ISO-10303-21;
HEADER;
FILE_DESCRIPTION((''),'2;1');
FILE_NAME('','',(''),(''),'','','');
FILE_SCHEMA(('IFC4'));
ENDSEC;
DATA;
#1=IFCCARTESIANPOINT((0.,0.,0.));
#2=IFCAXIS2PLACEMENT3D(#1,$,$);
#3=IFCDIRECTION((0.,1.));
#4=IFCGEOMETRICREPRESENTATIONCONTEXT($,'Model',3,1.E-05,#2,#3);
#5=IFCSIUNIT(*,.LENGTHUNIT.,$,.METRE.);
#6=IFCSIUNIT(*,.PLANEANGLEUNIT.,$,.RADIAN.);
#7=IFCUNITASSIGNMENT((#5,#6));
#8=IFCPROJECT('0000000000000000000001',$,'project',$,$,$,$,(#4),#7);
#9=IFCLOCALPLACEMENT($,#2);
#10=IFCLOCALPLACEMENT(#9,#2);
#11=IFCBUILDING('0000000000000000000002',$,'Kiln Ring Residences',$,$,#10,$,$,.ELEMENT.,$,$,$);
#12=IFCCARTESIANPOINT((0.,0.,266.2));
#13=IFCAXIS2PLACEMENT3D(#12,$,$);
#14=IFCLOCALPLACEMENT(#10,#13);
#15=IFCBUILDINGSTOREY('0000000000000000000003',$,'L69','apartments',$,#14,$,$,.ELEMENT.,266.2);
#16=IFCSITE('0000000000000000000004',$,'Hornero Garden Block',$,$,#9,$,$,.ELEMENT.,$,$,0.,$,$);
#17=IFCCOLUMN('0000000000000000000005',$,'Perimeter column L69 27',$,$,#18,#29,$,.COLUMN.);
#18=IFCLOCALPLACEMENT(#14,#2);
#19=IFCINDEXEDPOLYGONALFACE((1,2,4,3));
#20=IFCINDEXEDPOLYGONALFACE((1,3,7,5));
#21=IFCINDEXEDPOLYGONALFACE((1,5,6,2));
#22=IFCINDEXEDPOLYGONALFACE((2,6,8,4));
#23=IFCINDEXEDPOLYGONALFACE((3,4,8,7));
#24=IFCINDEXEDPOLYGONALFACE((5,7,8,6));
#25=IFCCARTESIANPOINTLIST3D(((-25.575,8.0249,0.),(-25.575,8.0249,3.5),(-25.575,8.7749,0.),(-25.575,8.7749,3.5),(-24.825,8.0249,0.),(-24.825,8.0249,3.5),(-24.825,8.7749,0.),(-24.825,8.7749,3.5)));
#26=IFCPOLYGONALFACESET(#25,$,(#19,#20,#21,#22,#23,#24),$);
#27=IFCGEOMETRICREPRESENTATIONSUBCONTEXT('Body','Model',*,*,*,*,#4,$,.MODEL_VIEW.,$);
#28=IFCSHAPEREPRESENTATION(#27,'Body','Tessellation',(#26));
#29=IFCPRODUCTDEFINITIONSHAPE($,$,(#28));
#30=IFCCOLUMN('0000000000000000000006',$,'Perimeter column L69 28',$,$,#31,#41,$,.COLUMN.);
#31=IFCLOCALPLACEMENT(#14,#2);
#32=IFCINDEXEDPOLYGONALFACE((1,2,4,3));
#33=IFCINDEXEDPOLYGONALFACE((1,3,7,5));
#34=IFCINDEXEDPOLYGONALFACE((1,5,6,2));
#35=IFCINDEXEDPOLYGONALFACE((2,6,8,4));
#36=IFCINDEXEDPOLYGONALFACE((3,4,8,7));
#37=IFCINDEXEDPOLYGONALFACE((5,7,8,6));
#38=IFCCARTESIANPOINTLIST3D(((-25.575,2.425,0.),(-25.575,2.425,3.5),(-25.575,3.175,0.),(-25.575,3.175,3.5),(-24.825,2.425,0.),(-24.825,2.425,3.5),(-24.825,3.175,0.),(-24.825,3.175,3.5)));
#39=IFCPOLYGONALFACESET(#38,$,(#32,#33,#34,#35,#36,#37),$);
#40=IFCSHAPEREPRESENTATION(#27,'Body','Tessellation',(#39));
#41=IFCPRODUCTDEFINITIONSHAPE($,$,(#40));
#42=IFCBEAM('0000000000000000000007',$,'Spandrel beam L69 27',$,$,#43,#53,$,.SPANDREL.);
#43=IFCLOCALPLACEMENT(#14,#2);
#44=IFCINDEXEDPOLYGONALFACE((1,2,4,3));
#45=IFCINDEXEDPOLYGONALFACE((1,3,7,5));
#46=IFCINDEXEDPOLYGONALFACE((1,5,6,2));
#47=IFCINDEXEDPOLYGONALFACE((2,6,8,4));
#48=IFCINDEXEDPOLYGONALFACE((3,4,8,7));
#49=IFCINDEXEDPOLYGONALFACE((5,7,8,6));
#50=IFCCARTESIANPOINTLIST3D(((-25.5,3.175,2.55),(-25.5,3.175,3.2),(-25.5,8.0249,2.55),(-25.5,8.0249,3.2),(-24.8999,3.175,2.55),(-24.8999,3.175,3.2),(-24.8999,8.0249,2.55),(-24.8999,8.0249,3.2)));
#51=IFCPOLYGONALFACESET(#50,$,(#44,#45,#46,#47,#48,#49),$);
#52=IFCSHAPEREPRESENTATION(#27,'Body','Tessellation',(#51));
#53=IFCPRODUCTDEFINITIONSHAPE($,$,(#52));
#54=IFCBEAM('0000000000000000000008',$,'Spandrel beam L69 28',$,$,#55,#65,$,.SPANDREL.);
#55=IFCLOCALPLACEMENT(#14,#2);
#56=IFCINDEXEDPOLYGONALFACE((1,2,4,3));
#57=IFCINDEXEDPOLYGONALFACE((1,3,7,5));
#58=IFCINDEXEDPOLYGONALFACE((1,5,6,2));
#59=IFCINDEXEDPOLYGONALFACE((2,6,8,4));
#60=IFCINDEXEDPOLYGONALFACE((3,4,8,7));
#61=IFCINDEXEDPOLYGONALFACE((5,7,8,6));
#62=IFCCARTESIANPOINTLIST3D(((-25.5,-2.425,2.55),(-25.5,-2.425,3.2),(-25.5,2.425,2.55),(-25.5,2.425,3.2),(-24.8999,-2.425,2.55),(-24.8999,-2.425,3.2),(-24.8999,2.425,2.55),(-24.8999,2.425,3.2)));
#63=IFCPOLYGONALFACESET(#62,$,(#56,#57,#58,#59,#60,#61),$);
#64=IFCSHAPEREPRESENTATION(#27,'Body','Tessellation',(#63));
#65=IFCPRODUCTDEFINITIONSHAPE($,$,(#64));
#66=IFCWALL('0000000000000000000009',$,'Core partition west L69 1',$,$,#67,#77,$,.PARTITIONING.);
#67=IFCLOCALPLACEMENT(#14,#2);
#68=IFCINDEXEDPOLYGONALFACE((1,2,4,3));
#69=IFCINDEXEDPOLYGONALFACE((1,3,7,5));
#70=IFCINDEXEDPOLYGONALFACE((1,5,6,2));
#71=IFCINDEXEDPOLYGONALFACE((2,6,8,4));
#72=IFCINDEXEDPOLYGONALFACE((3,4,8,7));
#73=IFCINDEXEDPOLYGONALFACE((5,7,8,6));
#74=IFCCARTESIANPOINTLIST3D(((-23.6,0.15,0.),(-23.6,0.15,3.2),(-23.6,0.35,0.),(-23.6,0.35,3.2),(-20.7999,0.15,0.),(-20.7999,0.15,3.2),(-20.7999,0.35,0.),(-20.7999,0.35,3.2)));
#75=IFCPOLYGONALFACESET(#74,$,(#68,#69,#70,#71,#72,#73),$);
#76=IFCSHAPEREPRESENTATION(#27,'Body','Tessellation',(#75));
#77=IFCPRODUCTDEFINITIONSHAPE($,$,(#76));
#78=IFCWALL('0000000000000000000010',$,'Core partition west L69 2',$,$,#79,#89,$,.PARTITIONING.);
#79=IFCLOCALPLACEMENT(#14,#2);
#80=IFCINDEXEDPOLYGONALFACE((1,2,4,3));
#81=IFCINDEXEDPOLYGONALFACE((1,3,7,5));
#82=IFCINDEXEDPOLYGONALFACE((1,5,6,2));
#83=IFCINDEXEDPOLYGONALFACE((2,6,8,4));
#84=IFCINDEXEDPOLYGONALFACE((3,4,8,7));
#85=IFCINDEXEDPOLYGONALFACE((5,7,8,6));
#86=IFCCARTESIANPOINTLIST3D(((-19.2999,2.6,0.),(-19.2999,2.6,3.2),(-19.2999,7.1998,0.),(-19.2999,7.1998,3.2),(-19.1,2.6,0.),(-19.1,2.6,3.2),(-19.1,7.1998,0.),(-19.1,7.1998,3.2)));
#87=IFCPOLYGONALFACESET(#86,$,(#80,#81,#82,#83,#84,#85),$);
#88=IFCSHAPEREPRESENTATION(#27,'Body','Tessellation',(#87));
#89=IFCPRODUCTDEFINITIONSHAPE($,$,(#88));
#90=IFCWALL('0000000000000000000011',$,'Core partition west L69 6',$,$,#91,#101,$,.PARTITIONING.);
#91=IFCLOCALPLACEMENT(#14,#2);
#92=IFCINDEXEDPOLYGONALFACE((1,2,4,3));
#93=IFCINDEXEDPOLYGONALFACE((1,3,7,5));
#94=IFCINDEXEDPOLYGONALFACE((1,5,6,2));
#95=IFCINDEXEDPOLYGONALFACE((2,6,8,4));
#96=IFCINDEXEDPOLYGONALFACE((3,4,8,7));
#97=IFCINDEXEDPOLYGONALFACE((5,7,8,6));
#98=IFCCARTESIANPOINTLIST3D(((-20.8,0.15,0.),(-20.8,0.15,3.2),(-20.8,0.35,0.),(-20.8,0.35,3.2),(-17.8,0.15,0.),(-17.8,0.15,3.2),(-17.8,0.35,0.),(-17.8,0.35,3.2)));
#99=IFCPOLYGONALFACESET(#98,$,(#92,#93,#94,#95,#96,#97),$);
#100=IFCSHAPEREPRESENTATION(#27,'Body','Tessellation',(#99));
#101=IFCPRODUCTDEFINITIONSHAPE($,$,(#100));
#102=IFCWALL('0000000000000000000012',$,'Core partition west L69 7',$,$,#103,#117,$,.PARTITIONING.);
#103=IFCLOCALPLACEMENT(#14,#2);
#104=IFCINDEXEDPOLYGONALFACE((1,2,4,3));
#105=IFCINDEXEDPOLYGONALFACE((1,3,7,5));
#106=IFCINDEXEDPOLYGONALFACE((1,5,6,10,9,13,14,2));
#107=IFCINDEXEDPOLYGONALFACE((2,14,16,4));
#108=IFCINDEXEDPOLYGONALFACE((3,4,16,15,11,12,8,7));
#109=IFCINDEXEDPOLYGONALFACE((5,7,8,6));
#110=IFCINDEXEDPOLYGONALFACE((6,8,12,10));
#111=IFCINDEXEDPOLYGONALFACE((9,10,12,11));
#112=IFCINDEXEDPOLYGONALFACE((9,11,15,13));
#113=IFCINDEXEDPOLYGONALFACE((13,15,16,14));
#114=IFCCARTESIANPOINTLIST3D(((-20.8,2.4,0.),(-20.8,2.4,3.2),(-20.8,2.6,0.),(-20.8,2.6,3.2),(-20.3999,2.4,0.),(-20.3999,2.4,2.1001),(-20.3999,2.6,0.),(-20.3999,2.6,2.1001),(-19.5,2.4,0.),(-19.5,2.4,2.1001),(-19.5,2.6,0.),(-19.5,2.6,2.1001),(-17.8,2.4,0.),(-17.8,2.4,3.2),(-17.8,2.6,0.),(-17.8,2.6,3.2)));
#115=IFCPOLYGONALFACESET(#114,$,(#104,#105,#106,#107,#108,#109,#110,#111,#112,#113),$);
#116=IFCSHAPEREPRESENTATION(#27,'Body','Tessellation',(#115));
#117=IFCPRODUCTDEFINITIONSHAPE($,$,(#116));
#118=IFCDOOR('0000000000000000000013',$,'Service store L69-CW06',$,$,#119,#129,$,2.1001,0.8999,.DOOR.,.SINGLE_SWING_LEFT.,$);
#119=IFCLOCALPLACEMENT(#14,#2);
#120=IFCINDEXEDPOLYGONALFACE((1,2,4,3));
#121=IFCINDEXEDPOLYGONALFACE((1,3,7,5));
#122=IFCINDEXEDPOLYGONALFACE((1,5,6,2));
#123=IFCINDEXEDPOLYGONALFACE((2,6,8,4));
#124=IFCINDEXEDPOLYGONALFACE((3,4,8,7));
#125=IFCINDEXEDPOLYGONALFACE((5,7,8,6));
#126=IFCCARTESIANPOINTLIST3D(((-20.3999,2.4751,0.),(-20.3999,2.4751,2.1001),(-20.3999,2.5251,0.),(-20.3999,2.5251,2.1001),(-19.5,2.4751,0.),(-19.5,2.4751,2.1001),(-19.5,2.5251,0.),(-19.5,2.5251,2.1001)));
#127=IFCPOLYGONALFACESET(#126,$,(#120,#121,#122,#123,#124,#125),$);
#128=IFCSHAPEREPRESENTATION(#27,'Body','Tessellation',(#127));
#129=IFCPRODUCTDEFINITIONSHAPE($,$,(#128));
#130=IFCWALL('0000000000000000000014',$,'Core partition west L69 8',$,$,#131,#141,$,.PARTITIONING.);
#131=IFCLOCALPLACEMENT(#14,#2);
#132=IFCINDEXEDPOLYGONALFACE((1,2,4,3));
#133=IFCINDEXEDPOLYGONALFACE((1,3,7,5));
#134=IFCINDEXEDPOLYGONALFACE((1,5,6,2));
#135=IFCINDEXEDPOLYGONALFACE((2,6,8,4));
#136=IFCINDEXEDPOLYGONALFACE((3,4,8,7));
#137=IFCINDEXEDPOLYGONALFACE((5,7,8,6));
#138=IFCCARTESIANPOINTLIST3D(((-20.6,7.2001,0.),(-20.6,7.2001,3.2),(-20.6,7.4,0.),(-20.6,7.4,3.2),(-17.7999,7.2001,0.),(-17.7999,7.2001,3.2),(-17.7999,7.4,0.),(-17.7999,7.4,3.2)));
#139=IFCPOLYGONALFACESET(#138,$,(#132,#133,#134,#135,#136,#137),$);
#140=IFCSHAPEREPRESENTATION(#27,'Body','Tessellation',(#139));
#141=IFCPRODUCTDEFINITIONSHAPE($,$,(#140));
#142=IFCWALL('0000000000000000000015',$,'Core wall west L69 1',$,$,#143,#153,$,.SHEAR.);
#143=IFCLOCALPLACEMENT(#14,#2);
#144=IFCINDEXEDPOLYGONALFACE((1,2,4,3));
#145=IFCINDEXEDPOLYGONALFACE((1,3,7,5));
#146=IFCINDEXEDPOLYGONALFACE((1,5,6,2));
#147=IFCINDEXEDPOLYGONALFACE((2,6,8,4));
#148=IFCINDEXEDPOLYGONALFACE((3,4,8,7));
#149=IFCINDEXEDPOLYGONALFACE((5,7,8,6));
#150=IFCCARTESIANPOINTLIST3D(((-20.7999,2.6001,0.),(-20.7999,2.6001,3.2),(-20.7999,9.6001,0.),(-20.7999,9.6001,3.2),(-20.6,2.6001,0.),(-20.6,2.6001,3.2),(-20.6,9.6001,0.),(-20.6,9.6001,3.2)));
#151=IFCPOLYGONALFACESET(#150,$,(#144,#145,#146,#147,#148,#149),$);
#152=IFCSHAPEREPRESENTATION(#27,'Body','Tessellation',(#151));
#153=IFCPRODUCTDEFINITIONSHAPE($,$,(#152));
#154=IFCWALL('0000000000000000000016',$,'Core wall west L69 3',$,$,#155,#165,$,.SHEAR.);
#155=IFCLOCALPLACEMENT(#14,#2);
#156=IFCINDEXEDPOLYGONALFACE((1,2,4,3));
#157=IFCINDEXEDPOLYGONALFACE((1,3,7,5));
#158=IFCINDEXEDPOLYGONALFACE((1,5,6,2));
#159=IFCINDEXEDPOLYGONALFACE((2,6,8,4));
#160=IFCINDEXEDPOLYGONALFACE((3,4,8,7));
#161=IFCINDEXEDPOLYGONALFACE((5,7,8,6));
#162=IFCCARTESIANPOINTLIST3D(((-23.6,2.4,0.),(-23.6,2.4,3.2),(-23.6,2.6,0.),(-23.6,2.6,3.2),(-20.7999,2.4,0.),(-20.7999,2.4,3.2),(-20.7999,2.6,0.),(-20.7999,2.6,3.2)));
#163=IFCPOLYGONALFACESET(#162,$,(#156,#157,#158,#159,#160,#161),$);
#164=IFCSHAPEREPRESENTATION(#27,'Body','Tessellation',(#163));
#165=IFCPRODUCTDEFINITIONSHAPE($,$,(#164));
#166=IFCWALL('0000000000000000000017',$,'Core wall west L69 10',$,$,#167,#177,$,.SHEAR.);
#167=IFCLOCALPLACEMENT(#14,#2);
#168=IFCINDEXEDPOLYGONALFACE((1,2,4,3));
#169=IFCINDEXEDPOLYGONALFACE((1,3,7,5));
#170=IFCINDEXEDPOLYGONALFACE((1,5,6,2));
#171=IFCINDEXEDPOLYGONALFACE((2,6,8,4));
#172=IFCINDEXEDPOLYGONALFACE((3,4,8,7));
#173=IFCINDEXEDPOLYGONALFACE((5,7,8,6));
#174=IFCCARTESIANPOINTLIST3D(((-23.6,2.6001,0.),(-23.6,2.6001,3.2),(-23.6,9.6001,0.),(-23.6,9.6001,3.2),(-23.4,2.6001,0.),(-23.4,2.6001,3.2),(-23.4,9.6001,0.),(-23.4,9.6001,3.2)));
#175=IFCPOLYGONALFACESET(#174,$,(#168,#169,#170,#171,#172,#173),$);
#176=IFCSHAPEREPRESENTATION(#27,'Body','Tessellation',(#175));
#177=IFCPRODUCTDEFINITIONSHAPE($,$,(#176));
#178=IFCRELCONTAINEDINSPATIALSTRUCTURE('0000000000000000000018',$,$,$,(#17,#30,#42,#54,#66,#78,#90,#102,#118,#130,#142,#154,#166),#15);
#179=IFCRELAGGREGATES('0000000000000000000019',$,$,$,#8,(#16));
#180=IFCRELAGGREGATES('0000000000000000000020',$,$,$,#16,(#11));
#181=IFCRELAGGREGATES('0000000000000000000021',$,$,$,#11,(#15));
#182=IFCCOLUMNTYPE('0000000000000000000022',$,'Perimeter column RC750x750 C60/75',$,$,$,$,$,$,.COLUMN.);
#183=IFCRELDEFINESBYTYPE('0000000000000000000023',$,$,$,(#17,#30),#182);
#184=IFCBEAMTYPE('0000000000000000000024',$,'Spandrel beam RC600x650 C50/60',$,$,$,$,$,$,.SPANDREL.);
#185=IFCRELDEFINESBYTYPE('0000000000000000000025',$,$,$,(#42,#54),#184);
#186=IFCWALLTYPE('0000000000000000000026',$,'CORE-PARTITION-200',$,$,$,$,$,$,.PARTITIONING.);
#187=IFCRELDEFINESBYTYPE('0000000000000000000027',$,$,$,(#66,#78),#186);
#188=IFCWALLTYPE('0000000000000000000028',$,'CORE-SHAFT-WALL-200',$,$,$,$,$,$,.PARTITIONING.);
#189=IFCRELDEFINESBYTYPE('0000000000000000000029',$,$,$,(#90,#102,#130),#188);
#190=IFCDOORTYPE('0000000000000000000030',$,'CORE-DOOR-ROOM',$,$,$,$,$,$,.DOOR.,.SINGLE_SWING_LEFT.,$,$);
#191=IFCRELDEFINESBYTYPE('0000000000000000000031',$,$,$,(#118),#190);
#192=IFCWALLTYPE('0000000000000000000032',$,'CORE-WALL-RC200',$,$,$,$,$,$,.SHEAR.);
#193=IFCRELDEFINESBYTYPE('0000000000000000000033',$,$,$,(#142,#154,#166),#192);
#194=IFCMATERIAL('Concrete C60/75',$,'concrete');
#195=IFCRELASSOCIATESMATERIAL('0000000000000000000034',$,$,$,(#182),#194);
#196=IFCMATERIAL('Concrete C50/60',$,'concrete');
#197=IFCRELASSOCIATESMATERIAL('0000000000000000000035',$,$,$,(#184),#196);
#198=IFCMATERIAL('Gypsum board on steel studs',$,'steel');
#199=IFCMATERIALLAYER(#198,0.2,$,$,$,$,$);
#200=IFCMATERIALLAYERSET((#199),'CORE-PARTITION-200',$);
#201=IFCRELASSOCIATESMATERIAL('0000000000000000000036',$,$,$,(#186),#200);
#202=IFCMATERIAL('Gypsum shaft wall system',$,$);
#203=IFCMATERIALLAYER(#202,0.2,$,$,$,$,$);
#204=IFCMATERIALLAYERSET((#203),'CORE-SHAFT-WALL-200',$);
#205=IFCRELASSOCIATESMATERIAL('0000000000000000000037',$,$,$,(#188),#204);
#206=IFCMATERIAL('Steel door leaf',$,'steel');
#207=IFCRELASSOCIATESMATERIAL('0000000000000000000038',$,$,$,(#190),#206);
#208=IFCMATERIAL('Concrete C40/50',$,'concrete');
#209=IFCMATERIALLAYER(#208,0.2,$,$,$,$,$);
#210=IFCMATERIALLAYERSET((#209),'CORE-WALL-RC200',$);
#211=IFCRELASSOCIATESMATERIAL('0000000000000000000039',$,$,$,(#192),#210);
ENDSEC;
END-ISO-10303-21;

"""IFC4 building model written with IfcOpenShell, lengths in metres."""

from ifc_helpers import new_model, si_unit, direction, frame, frame_2d, origin, origin_2d, place, context, subcontext, project, spatial, rectangle, extrude, material, layer, layer_set, material_profile, profile_set, type_object, element, fill, save


model = new_model("IFC4")

# Units and contexts
model_context = context("Model", 3, precision=1e-05, world=origin(), true_north=direction((0.0, 1.0)))
body_context = subcontext(model_context, "Body", "Model", "MODEL_VIEW")
ifc_project = project(units=[si_unit("LENGTHUNIT", "METRE"), si_unit("PLANEANGLEUNIT", "RADIAN")], contexts=[model_context])

# Site, building, storey
site_placement = place(None, origin())
site = spatial("IfcSite", under=ifc_project, at=site_placement, Name="Hornero Garden Block", CompositionType="ELEMENT", RefElevation=0.0)
building_placement = place(site_placement, origin())
building = spatial("IfcBuilding", under=site, at=building_placement, Name="Kiln Ring Residences", CompositionType="ELEMENT")
storey_placement = place(building_placement, frame((0.0, 0.0, 266.2)))
storey = spatial("IfcBuildingStorey", under=building, at=storey_placement, Name="L69", Description="apartments", CompositionType="ELEMENT", Elevation=266.2)

# Columns
ifc_material_1 = material(Name="Concrete C60/75", Category="concrete")
ifc_material_profile_1 = material_profile(ifc_material_1, rectangle(XDim=0.75, YDim=0.75, at=origin_2d()), Name="RC750x750")
ifc_profile_set_1 = profile_set([ifc_material_profile_1], Name="Concrete C60/75")
column_type = type_object("IfcColumnType", Name="Perimeter column RC750x750 C60/75", PredefinedType="COLUMN", material=ifc_profile_set_1)
for number, where, z_axis, x_axis, name in (
    (1, (-25.2, 8.3999, 0.0), (0.0, 0.0, 1.0), (1.0, 0.0, 0.0), "Perimeter column L69 27"),
    (2, (-25.2, 2.8, 0.0), (0.0, 0.0, 1.0), (1.0, 0.0, 0.0), "Perimeter column L69 28"),
):
    element("IfcColumn", number, at=place(storey_placement, frame(where, z_axis=z_axis, x_axis=x_axis)), inside=storey, type_object=column_type, Name=name, PredefinedType="COLUMN", context=body_context, shape_type="SweptSolid", body=[
        extrude(rectangle(XDim=0.75, YDim=0.75, at=origin_2d()), origin(), (0.0, 0.0, 1.0), 3.5),
    ])

# Beams
ifc_material_2 = material(Name="Concrete C50/60", Category="concrete")
ifc_material_profile_2 = material_profile(ifc_material_2, rectangle(XDim=0.6001, YDim=0.6499, at=origin_2d()), Name="RC600x650")
ifc_profile_set_2 = profile_set([ifc_material_profile_2], Name="Concrete C50/60")
beam_type = type_object("IfcBeamType", Name="Spandrel beam RC600x650 C50/60", PredefinedType="SPANDREL", material=ifc_profile_set_2)
beam_1_placement = place(storey_placement, frame((-25.2, 8.0249, 2.875), z_axis=(0.0, -1.0, 0.0), x_axis=(1.0, 0.0, 0.0)))
element("IfcBeam", 3, at=beam_1_placement, inside=storey, type_object=beam_type, Name="Spandrel beam L69 27", PredefinedType="SPANDREL", context=body_context, shape_type="SweptSolid", body=[
    extrude(rectangle(XDim=0.6001, YDim=0.6499, at=origin_2d()), origin(), (0.0, 0.0, 1.0), 4.8499),
])
beam_2_placement = place(storey_placement, frame((-25.2, 2.425, 2.875), z_axis=(0.0, -1.0, 0.0), x_axis=(1.0, 0.0, 0.0)))
element("IfcBeam", 4, at=beam_2_placement, inside=storey, type_object=beam_type, Name="Spandrel beam L69 28", PredefinedType="SPANDREL", context=body_context, shape_type="SweptSolid", body=[
    extrude(rectangle(XDim=0.6001, YDim=0.6499, at=origin_2d()), origin(), (0.0, 0.0, 1.0), 4.8501),
])

# Walls
ifc_material_3 = material(Name="Gypsum board on steel studs", Category="steel")
ifc_layer_1 = layer(ifc_material_3, 0.2)
ifc_layer_set_1 = layer_set([ifc_layer_1], Name="CORE-PARTITION-200")
wall_type_1 = type_object("IfcWallType", Name="CORE-PARTITION-200", PredefinedType="PARTITIONING", material=ifc_layer_set_1)
wall_1_placement = place(storey_placement, frame((-20.8, 0.25, 0.0), z_axis=(0.0, 0.0, 1.0), x_axis=(-1.0, 0.0, 0.0)))
element("IfcWall", 5, at=wall_1_placement, inside=storey, type_object=wall_type_1, Name="Core partition west L69 1", PredefinedType="PARTITIONING", context=body_context, shape_type="SweptSolid", body=[
    extrude(rectangle(XDim=2.8, YDim=0.2, at=frame_2d((1.3999, 0.0))), origin(), (0.0, 0.0, 1.0), 3.2),
])
wall_2_placement = place(storey_placement, frame((-19.2, 2.6001, 0.0), z_axis=(0.0, 0.0, 1.0), x_axis=(0.0, 1.0, 0.0)))
element("IfcWall", 6, at=wall_2_placement, inside=storey, type_object=wall_type_1, Name="Core partition west L69 2", PredefinedType="PARTITIONING", context=body_context, shape_type="SweptSolid", body=[
    extrude(rectangle(XDim=4.5999, YDim=0.2, at=frame_2d((2.2998, 0.0))), origin(), (0.0, 0.0, 1.0), 3.2),
])
ifc_material_4 = material(Name="Gypsum shaft wall system")
ifc_layer_2 = layer(ifc_material_4, 0.2)
ifc_layer_set_2 = layer_set([ifc_layer_2], Name="CORE-SHAFT-WALL-200")
wall_type_2 = type_object("IfcWallType", Name="CORE-SHAFT-WALL-200", PredefinedType="PARTITIONING", material=ifc_layer_set_2)
wall_3_placement = place(storey_placement, frame((-17.8, 0.25, 0.0), z_axis=(0.0, 0.0, 1.0), x_axis=(-1.0, 0.0, 0.0)))
element("IfcWall", 7, at=wall_3_placement, inside=storey, type_object=wall_type_2, Name="Core partition west L69 6", PredefinedType="PARTITIONING", context=body_context, shape_type="SweptSolid", body=[
    extrude(rectangle(XDim=3.0, YDim=0.2, at=frame_2d((1.5, 0.0))), origin(), (0.0, 0.0, 1.0), 3.2),
])

# Wall, opening, door
wall_4_placement = place(storey_placement, frame((-17.8, 2.5, 0.0), z_axis=(0.0, 0.0, 1.0), x_axis=(-1.0, 0.0, 0.0)))
wall_4 = element("IfcWall", 8, at=wall_4_placement, inside=storey, type_object=wall_type_2, Name="Core partition west L69 7", PredefinedType="PARTITIONING", context=body_context, shape_type="SweptSolid", body=[
    extrude(rectangle(XDim=3.0, YDim=0.2, at=frame_2d((1.5, 0.0))), origin(), (0.0, 0.0, 1.0), 3.2),
])
opening_placement = place(wall_4_placement, frame((1.7, 0.0, 0.0)))
opening = element("IfcOpeningElement", 9, at=opening_placement, cuts=wall_4, PredefinedType="OPENING", context=body_context, shape_type="SweptSolid", body=[
    extrude(rectangle(XDim=0.8999, YDim=2.1001, at=frame_2d((0.45, 1.05))), frame((0.0, 0.1099, 0.0), z_axis=(0.0, -1.0, 0.0), x_axis=(1.0, 0.0, 0.0)), (0.0, 0.0, 1.0), 0.22),
])
ifc_material_5 = material(Name="Steel door leaf", Category="steel")
door_type = type_object("IfcDoorType", Name="CORE-DOOR-ROOM", OperationType="SINGLE_SWING_LEFT", PredefinedType="DOOR", material=ifc_material_5)
door_placement = place(opening_placement, origin())
door = element("IfcDoor", 10, at=door_placement, inside=storey, type_object=door_type, Name="Service store L69-CW06", OperationType="SINGLE_SWING_LEFT", OverallHeight=2.1001, OverallWidth=0.8999, PredefinedType="DOOR", context=body_context, shape_type="SweptSolid", body=[
    extrude(rectangle(XDim=0.8999, YDim=2.1001, at=frame_2d((0.45, 1.05))), frame((0.0, 0.0249, 0.0), z_axis=(0.0, -1.0, 0.0), x_axis=(1.0, 0.0, 0.0)), (0.0, 0.0, 1.0), 0.05),
])
fill(opening, door)

# Walls
wall_5_placement = place(storey_placement, frame((-17.8, 7.3, 0.0), z_axis=(0.0, 0.0, 1.0), x_axis=(-1.0, 0.0, 0.0)))
element("IfcWall", 11, at=wall_5_placement, inside=storey, type_object=wall_type_2, Name="Core partition west L69 8", PredefinedType="PARTITIONING", context=body_context, shape_type="SweptSolid", body=[
    extrude(rectangle(XDim=2.8, YDim=0.2, at=frame_2d((1.3999, 0.0))), origin(), (0.0, 0.0, 1.0), 3.2),
])
ifc_material_6 = material(Name="Concrete C40/50", Category="concrete")
ifc_layer_3 = layer(ifc_material_6, 0.2)
ifc_layer_set_3 = layer_set([ifc_layer_3], Name="CORE-WALL-RC200")
wall_type_3 = type_object("IfcWallType", Name="CORE-WALL-RC200", PredefinedType="SHEAR", material=ifc_layer_set_3)
wall_6_placement = place(storey_placement, frame((-20.7, 2.6001, 0.0), z_axis=(0.0, 0.0, 1.0), x_axis=(0.0, 1.0, 0.0)))
element("IfcWall", 12, at=wall_6_placement, inside=storey, type_object=wall_type_3, Name="Core wall west L69 1", PredefinedType="SHEAR", context=body_context, shape_type="SweptSolid", body=[
    extrude(rectangle(XDim=7.0, YDim=0.2, at=frame_2d((3.5, 0.0))), origin(), (0.0, 0.0, 1.0), 3.2),
])
wall_7_placement = place(storey_placement, frame((-20.8, 2.5, 0.0), z_axis=(0.0, 0.0, 1.0), x_axis=(-1.0, 0.0, 0.0)))
element("IfcWall", 13, at=wall_7_placement, inside=storey, type_object=wall_type_3, Name="Core wall west L69 3", PredefinedType="SHEAR", context=body_context, shape_type="SweptSolid", body=[
    extrude(rectangle(XDim=2.8, YDim=0.2, at=frame_2d((1.3999, 0.0))), origin(), (0.0, 0.0, 1.0), 3.2),
])
wall_8_placement = place(storey_placement, frame((-23.5, 2.6001, 0.0), z_axis=(0.0, 0.0, 1.0), x_axis=(0.0, 1.0, 0.0)))
element("IfcWall", 14, at=wall_8_placement, inside=storey, type_object=wall_type_3, Name="Core wall west L69 10", PredefinedType="SHEAR", context=body_context, shape_type="SweptSolid", body=[
    extrude(rectangle(XDim=7.0, YDim=0.2, at=frame_2d((3.5, 0.0))), origin(), (0.0, 0.0, 1.0), 3.2),
])

save(model, "model.ifc")
